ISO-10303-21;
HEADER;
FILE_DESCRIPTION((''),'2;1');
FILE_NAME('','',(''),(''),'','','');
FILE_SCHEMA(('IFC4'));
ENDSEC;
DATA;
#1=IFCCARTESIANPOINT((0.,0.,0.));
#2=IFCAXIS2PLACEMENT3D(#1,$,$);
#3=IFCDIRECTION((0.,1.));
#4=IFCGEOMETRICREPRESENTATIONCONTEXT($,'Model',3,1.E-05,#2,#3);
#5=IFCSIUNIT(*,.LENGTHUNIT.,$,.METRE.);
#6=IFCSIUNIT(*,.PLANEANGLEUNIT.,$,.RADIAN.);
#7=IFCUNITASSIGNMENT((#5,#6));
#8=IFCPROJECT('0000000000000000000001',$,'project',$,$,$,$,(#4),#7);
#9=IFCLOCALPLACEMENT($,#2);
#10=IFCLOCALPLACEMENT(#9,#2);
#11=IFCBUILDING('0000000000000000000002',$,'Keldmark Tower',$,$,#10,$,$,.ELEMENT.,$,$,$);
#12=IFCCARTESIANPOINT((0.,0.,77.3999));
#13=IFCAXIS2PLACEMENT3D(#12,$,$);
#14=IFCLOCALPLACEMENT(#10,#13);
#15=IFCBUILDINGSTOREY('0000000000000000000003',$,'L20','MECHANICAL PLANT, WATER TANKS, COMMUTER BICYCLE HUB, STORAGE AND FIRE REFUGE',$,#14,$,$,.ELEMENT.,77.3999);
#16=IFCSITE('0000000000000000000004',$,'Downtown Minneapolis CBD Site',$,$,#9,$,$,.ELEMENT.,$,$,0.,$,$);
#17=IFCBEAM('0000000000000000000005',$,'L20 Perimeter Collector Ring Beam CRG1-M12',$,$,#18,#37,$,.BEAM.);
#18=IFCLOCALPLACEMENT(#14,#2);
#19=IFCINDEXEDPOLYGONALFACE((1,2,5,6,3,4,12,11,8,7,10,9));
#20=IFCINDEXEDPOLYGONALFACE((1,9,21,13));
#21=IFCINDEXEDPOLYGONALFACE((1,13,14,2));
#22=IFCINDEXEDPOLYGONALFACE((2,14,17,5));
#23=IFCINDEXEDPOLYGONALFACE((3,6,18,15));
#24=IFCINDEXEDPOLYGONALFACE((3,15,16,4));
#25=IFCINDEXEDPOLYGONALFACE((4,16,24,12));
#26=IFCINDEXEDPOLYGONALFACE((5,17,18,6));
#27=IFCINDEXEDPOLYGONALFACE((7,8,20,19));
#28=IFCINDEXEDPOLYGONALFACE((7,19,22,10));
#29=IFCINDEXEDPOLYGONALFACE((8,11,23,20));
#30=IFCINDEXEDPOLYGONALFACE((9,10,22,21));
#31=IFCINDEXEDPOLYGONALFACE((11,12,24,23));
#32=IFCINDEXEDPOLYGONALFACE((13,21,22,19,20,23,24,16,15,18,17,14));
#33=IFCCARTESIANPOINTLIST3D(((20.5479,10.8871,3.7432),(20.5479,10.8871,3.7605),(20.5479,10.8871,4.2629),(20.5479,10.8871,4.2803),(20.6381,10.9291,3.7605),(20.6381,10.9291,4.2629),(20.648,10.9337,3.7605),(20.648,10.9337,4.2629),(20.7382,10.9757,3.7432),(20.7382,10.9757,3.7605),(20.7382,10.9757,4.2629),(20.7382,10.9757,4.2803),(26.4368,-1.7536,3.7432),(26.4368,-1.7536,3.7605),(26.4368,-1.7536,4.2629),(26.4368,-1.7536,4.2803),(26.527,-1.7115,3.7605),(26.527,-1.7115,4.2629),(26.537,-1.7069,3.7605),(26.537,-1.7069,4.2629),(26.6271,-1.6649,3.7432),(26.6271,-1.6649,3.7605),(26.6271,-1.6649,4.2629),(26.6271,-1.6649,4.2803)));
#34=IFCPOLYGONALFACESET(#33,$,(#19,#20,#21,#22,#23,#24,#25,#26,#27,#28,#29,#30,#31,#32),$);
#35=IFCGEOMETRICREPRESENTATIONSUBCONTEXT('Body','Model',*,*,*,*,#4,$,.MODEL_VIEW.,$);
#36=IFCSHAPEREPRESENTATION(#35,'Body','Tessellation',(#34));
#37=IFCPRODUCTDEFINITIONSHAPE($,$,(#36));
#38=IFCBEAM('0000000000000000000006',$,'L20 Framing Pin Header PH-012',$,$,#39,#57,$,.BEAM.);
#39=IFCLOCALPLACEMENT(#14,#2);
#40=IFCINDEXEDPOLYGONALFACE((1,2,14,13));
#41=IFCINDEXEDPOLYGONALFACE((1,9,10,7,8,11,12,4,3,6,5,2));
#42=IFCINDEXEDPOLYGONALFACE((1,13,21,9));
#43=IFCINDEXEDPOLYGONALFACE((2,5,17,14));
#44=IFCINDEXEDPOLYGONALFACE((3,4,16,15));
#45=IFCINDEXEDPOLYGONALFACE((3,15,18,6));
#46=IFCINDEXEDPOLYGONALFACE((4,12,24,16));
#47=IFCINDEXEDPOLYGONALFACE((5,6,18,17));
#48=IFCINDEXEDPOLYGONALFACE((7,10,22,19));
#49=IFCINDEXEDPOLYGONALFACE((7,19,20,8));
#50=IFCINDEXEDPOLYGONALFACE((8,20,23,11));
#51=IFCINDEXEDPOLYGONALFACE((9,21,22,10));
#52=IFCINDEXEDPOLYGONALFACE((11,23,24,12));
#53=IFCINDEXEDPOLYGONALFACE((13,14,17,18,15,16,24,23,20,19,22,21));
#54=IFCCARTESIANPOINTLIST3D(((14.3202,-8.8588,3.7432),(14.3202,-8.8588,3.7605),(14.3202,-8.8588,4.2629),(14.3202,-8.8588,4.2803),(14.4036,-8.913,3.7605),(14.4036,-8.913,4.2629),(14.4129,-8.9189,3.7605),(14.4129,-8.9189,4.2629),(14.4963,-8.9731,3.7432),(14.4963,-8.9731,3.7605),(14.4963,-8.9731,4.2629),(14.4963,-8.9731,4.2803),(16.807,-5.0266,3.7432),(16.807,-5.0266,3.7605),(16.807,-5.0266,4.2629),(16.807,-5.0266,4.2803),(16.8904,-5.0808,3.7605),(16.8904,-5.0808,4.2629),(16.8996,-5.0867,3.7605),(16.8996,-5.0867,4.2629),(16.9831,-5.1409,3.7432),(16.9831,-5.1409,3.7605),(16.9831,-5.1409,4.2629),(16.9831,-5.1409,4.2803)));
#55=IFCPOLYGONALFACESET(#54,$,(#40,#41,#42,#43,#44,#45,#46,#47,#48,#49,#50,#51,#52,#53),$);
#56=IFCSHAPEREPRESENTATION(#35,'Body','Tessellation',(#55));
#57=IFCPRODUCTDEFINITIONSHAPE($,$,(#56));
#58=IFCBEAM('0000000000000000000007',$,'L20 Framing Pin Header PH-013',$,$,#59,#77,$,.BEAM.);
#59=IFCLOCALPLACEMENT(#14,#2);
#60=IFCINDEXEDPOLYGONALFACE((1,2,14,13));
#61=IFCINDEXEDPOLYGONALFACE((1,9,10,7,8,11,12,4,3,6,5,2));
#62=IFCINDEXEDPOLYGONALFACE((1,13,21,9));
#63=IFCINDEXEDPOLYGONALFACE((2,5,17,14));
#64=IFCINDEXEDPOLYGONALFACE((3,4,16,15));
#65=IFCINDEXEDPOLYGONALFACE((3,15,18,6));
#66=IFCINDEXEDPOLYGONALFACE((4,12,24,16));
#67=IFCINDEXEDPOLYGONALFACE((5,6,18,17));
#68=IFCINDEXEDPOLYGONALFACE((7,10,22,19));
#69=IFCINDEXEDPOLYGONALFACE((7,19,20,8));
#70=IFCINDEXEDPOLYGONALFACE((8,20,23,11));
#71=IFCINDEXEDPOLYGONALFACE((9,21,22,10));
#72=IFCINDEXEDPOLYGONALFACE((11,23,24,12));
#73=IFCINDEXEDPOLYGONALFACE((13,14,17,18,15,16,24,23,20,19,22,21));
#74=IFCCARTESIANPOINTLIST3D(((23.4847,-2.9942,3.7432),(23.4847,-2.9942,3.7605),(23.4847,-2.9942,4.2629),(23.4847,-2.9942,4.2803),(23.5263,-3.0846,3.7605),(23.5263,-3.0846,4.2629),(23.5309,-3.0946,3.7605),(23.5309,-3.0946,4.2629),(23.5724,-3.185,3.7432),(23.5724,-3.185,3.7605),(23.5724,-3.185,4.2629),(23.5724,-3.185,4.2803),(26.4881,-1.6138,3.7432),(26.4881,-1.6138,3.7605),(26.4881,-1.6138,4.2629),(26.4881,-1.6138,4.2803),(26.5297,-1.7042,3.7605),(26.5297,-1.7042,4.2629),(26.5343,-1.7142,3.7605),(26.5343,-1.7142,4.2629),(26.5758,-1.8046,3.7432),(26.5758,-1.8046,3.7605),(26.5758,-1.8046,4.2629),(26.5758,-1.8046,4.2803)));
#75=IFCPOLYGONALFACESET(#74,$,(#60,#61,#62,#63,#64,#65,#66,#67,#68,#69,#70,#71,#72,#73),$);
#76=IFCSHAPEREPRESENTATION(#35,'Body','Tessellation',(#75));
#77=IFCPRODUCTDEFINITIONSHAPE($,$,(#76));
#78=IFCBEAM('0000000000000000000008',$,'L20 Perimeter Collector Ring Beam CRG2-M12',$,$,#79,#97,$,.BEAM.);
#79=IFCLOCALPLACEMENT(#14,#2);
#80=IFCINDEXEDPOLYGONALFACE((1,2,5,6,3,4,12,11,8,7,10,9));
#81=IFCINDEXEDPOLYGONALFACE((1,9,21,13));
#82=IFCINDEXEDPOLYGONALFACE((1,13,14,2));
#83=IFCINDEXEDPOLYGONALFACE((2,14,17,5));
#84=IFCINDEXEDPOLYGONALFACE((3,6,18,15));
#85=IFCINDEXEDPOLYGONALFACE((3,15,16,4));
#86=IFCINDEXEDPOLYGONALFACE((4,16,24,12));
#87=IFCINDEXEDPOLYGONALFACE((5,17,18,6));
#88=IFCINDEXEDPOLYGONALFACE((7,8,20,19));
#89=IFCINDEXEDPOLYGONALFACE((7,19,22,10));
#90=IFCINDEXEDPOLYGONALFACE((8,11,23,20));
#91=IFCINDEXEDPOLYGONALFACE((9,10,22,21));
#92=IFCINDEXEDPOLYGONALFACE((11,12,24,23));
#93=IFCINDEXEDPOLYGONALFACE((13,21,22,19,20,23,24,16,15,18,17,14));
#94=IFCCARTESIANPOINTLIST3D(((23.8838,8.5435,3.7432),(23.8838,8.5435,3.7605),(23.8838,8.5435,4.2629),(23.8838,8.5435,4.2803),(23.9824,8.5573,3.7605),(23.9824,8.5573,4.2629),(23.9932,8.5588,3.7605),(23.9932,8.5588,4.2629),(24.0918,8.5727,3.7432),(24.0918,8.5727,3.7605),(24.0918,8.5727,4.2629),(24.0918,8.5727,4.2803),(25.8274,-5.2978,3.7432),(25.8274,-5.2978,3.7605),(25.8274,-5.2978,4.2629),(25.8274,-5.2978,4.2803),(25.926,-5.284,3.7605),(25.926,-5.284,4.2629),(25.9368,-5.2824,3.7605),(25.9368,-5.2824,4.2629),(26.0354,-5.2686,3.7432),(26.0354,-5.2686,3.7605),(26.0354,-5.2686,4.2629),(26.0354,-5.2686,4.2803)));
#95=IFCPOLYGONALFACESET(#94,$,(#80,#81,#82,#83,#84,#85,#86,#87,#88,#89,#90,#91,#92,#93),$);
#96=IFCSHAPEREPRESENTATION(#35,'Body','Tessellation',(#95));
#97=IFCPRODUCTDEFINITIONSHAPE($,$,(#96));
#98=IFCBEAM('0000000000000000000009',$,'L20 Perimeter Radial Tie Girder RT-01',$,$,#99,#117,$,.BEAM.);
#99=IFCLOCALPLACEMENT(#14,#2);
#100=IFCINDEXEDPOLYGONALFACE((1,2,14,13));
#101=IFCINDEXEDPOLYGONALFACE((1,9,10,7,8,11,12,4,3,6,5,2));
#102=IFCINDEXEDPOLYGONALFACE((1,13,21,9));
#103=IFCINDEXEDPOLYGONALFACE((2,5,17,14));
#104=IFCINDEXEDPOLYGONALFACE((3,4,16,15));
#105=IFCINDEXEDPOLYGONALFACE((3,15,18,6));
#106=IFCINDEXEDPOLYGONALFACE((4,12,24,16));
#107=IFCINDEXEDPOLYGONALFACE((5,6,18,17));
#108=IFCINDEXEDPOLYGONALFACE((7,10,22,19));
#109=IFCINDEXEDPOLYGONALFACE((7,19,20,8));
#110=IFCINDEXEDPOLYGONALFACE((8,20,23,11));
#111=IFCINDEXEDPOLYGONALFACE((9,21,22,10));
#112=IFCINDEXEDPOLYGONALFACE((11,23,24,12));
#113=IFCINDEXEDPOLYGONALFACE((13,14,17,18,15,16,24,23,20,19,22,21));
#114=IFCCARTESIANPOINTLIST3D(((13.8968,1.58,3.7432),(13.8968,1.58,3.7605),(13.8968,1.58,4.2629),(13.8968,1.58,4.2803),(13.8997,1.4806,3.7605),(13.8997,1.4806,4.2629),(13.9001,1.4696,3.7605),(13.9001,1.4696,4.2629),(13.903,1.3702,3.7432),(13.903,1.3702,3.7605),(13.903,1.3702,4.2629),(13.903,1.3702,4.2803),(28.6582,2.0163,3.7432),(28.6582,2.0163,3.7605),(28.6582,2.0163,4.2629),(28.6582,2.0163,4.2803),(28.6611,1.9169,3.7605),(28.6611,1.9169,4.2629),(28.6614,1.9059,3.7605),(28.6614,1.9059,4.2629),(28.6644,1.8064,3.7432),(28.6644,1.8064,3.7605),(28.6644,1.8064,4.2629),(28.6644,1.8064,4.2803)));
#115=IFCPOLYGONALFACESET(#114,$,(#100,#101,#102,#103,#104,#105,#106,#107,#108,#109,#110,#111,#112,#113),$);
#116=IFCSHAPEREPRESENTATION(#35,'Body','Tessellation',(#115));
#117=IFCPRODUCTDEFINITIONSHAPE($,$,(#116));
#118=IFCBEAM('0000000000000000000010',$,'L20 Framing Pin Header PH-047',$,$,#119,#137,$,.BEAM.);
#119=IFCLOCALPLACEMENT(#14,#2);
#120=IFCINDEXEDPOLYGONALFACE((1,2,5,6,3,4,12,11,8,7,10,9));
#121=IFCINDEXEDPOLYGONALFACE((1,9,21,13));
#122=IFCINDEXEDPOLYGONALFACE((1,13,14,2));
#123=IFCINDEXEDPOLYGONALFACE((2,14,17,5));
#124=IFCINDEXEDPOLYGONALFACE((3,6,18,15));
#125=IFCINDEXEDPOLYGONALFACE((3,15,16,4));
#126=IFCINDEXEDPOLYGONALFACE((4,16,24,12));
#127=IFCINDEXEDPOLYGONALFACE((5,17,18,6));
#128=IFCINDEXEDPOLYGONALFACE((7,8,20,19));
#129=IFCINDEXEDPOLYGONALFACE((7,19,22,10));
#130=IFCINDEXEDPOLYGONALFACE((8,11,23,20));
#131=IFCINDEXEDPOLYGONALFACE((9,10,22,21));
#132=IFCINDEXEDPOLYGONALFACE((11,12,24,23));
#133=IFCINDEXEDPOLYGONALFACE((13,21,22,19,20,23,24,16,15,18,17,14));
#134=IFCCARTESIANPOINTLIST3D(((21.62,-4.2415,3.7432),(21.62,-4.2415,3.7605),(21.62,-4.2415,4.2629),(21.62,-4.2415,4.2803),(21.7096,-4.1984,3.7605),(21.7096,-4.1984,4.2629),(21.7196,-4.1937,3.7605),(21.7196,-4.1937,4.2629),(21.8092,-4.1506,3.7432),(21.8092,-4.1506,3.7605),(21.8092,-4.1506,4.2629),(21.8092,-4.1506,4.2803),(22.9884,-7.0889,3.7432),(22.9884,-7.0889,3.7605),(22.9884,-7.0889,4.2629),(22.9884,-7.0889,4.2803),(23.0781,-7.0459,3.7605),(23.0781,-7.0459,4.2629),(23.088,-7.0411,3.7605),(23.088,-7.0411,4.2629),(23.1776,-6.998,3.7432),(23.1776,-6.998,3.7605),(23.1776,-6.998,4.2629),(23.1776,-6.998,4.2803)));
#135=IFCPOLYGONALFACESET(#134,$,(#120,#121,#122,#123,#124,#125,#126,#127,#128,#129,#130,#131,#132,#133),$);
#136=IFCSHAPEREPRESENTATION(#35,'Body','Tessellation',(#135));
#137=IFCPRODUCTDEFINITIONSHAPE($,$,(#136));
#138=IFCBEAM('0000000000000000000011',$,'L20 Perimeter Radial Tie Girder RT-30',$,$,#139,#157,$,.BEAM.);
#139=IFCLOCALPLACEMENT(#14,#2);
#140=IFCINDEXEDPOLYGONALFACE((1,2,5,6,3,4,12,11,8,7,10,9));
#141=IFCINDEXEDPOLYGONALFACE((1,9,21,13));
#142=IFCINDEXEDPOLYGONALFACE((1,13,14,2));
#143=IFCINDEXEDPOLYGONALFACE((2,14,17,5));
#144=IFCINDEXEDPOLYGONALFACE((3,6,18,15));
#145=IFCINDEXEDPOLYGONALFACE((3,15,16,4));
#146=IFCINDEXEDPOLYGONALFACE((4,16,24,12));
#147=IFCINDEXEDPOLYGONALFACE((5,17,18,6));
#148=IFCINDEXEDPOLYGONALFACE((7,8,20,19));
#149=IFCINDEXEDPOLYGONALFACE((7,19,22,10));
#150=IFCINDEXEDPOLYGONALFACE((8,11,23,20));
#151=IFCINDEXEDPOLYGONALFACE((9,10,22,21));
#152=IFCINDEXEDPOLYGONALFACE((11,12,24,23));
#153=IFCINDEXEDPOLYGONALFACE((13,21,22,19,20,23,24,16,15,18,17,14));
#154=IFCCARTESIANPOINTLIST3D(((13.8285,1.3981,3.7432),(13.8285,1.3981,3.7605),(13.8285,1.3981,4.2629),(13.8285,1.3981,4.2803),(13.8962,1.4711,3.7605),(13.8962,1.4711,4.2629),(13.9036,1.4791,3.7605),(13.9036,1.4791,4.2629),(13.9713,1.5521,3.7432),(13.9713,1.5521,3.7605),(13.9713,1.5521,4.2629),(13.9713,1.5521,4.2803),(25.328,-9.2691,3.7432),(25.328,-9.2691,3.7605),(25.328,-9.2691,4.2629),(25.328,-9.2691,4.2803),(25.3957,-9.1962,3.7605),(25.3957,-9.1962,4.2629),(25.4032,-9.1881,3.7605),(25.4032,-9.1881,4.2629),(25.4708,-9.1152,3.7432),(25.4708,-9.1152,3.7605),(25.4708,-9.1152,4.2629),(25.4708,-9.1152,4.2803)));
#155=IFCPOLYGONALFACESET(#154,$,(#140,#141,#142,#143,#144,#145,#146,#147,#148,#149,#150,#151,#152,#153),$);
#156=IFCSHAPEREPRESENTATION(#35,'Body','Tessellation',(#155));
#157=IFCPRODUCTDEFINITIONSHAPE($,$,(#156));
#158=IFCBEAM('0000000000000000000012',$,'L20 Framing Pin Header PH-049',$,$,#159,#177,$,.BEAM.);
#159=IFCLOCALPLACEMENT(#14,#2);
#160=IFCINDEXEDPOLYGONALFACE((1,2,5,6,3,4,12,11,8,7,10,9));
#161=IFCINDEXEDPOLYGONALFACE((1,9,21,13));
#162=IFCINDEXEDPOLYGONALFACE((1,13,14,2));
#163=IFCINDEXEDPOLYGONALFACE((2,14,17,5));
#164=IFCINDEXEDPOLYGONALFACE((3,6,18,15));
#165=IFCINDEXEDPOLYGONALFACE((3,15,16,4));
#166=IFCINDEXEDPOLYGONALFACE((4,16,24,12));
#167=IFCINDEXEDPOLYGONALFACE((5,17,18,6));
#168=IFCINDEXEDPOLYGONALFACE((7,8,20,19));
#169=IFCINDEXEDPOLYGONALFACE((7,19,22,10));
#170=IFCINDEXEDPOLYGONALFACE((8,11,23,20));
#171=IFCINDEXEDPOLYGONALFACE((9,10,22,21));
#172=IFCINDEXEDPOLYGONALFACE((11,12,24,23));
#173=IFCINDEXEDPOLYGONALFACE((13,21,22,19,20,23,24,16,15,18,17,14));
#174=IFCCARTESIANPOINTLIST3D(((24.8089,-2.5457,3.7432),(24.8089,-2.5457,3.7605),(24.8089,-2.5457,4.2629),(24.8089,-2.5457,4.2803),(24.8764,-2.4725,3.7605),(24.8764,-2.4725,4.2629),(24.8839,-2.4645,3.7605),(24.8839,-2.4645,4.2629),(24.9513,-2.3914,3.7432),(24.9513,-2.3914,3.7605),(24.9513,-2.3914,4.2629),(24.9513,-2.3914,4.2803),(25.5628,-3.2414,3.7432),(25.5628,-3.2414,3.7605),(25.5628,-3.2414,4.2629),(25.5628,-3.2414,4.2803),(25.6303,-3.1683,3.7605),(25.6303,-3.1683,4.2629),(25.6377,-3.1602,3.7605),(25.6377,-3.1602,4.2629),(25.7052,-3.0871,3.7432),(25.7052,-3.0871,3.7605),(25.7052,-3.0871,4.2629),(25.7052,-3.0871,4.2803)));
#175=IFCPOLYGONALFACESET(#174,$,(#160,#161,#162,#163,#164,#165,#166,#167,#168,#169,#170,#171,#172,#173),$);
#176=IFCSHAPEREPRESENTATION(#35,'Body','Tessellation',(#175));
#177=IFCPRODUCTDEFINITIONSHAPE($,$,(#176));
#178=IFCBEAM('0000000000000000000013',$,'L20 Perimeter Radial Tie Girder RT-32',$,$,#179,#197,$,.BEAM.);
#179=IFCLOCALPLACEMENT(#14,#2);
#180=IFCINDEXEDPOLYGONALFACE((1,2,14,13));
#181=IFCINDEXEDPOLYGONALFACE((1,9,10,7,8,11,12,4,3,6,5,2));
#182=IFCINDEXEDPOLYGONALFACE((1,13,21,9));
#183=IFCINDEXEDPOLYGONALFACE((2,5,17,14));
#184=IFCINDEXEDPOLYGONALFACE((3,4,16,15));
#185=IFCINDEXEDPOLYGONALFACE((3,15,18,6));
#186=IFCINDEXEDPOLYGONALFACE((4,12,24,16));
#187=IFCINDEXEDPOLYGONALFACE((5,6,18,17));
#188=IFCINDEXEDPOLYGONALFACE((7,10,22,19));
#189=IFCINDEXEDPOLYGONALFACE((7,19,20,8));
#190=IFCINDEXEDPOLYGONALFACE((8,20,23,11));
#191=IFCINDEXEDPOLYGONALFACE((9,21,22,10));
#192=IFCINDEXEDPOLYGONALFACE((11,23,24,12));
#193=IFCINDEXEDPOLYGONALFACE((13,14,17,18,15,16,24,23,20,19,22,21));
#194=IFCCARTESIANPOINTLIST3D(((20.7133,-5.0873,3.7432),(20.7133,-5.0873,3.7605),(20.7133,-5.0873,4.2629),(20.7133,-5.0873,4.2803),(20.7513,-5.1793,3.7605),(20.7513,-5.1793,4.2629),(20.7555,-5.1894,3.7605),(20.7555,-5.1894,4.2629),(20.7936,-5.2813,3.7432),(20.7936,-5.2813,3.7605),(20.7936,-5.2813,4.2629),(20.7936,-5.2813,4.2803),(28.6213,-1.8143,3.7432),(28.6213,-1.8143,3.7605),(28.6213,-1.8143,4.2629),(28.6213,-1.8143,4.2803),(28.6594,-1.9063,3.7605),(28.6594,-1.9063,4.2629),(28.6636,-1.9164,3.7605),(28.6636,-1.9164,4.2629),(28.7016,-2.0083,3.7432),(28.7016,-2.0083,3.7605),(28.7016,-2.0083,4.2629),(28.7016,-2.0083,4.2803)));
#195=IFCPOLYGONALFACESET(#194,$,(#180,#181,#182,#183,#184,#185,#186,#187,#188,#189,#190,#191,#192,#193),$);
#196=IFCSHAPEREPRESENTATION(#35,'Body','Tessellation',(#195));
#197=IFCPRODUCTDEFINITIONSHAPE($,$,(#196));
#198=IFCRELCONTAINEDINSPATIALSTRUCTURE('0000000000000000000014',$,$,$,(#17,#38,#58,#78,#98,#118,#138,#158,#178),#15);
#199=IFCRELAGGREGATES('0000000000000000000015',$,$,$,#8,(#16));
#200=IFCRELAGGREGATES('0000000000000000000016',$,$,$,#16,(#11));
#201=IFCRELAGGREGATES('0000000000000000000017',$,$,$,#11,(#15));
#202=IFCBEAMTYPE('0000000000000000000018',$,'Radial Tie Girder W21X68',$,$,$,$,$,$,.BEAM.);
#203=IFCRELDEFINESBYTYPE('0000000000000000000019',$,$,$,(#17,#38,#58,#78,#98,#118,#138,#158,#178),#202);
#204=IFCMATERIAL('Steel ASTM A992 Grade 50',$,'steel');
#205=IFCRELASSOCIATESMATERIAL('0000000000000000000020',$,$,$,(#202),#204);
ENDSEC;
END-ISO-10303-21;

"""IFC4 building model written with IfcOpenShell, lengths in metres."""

from ifc_helpers import new_model, si_unit, direction, frame, origin, origin_2d, place, context, subcontext, project, spatial, i_section, extrude, material, material_profile, profile_set, type_object, element, save


model = new_model("IFC4")

# Units and contexts
model_context = context("Model", 3, precision=1e-05, world=origin(), true_north=direction((0.0, 1.0)))
body_context = subcontext(model_context, "Body", "Model", "MODEL_VIEW")
ifc_project = project(units=[si_unit("LENGTHUNIT", "METRE"), si_unit("PLANEANGLEUNIT", "RADIAN")], contexts=[model_context])

# Site, building, storey
site_placement = place(None, origin())
site = spatial("IfcSite", under=ifc_project, at=site_placement, Name="Downtown Minneapolis CBD Site", CompositionType="ELEMENT", RefElevation=0.0)
building_placement = place(site_placement, origin())
building = spatial("IfcBuilding", under=site, at=building_placement, Name="Keldmark Tower", CompositionType="ELEMENT")
storey_placement = place(building_placement, frame((0.0, 0.0, 77.3999)))
storey = spatial("IfcBuildingStorey", under=building, at=storey_placement, Name="L20", Description="MECHANICAL PLANT, WATER TANKS, COMMUTER BICYCLE HUB, STORAGE AND FIRE REFUGE", CompositionType="ELEMENT", Elevation=77.3999)

# Beams
ifc_material_1 = material(Name="Steel ASTM A992 Grade 50", Category="steel")
ifc_material_profile_1 = material_profile(ifc_material_1, i_section(OverallWidth=0.21, OverallDepth=0.5371, WebThickness=0.011, FlangeThickness=0.0173, at=origin_2d()), Name="W21X68")
ifc_profile_set_1 = profile_set([ifc_material_profile_1], Name="Steel ASTM A992 Grade 50")
beam_type_1 = type_object("IfcBeamType", Name="Radial Tie Girder W21X68", PredefinedType="BEAM", material=ifc_profile_set_1)
beam_1_placement = place(storey_placement, frame((26.532, -1.7092, 4.0117), z_axis=(-0.422294, 0.906459, 0.0), x_axis=(-0.906459, -0.422294, 0.0)))
element("IfcBeam", 1, at=beam_1_placement, inside=storey, type_object=beam_type_1, Name="L20 Perimeter Collector Ring Beam CRG1-M12", PredefinedType="BEAM", context=body_context, shape_type="SweptSolid", body=[
    extrude(i_section(OverallWidth=0.21, OverallDepth=0.5371, WebThickness=0.011, FlangeThickness=0.0173, at=origin_2d()), origin(), (0.0, 0.0, 1.0), 13.9451),
])
beam_2_placement = place(storey_placement, frame((16.895, -5.0837, 4.0117), z_axis=(-0.544348, -0.83886, 0.0), x_axis=(0.83886, -0.544348, 0.0)))
element("IfcBeam", 2, at=beam_2_placement, inside=storey, type_object=beam_type_1, Name="L20 Framing Pin Header PH-012", PredefinedType="BEAM", context=body_context, shape_type="SweptSolid", body=[
    extrude(i_section(OverallWidth=0.21, OverallDepth=0.5371, WebThickness=0.011, FlangeThickness=0.0173, at=origin_2d()), origin(), (0.0, 0.0, 1.0), 4.5684),
])
beam_3_placement = place(storey_placement, frame((26.532, -1.7092, 4.0117), z_axis=(-0.908628, -0.417606, 0.0), x_axis=(0.417606, -0.908628, 0.0)))
element("IfcBeam", 3, at=beam_3_placement, inside=storey, type_object=beam_type_1, Name="L20 Framing Pin Header PH-013", PredefinedType="BEAM", context=body_context, shape_type="SweptSolid", body=[
    extrude(i_section(OverallWidth=0.21, OverallDepth=0.5371, WebThickness=0.011, FlangeThickness=0.0173, at=origin_2d()), origin(), (0.0, 0.0, 1.0), 3.3054),
])
beam_4_placement = place(storey_placement, frame((25.9314, -5.2832, 4.0117), z_axis=(-0.139056, 0.990284, 0.0), x_axis=(-0.990284, -0.139056, 0.0)))
element("IfcBeam", 4, at=beam_4_placement, inside=storey, type_object=beam_type_1, Name="L20 Perimeter Collector Ring Beam CRG2-M12", PredefinedType="BEAM", context=body_context, shape_type="SweptSolid", body=[
    extrude(i_section(OverallWidth=0.21, OverallDepth=0.5371, WebThickness=0.011, FlangeThickness=0.0173, at=origin_2d()), origin(), (0.0, 0.0, 1.0), 13.9771),
])
beam_5_placement = place(storey_placement, frame((13.8999, 1.4751, 4.0117), z_axis=(0.999564, 0.029542, 0.0), x_axis=(-0.029542, 0.999564, 0.0)))
element("IfcBeam", 5, at=beam_5_placement, inside=storey, type_object=beam_type_1, Name="L20 Perimeter Radial Tie Girder RT-01", PredefinedType="BEAM", context=body_context, shape_type="SweptSolid", body=[
    extrude(i_section(OverallWidth=0.21, OverallDepth=0.5371, WebThickness=0.011, FlangeThickness=0.0173, at=origin_2d()), origin(), (0.0, 0.0, 1.0), 14.7678),
])
beam_6_placement = place(storey_placement, frame((21.7146, -4.196, 4.0117), z_axis=(0.433156, -0.901319, 0.0), x_axis=(0.901319, 0.433156, 0.0)))
element("IfcBeam", 6, at=beam_6_placement, inside=storey, type_object=beam_type_1, Name="L20 Framing Pin Header PH-047", PredefinedType="BEAM", context=body_context, shape_type="SweptSolid", body=[
    extrude(i_section(OverallWidth=0.21, OverallDepth=0.5371, WebThickness=0.011, FlangeThickness=0.0173, at=origin_2d()), origin(), (0.0, 0.0, 1.0), 3.1592),
])
beam_7_placement = place(storey_placement, frame((13.8999, 1.4751, 4.0117), z_axis=(0.733139, -0.680078, 0.0), x_axis=(0.680078, 0.733139, 0.0)))
element("IfcBeam", 7, at=beam_7_placement, inside=storey, type_object=beam_type_1, Name="L20 Perimeter Radial Tie Girder RT-30", PredefinedType="BEAM", context=body_context, shape_type="SweptSolid", body=[
    extrude(i_section(OverallWidth=0.21, OverallDepth=0.5371, WebThickness=0.011, FlangeThickness=0.0173, at=origin_2d()), origin(), (0.0, 0.0, 1.0), 15.6853),
])
beam_8_placement = place(storey_placement, frame((24.8801, -2.4685, 4.0117), z_axis=(0.734858, -0.678221, 0.0), x_axis=(0.678221, 0.734858, 0.0)))
element("IfcBeam", 8, at=beam_8_placement, inside=storey, type_object=beam_type_1, Name="L20 Framing Pin Header PH-049", PredefinedType="BEAM", context=body_context, shape_type="SweptSolid", body=[
    extrude(i_section(OverallWidth=0.21, OverallDepth=0.5371, WebThickness=0.011, FlangeThickness=0.0173, at=origin_2d()), origin(), (0.0, 0.0, 1.0), 1.0259),
])
beam_9_placement = place(storey_placement, frame((20.7534, -5.1843, 4.0117), z_axis=(0.923988, 0.382421, 0.0), x_axis=(-0.382421, 0.923988, 0.0)))
element("IfcBeam", 9, at=beam_9_placement, inside=storey, type_object=beam_type_1, Name="L20 Perimeter Radial Tie Girder RT-32", PredefinedType="BEAM", context=body_context, shape_type="SweptSolid", body=[
    extrude(i_section(OverallWidth=0.21, OverallDepth=0.5371, WebThickness=0.011, FlangeThickness=0.0173, at=origin_2d()), origin(), (0.0, 0.0, 1.0), 8.5586),
])

save(model, "model.ifc")
